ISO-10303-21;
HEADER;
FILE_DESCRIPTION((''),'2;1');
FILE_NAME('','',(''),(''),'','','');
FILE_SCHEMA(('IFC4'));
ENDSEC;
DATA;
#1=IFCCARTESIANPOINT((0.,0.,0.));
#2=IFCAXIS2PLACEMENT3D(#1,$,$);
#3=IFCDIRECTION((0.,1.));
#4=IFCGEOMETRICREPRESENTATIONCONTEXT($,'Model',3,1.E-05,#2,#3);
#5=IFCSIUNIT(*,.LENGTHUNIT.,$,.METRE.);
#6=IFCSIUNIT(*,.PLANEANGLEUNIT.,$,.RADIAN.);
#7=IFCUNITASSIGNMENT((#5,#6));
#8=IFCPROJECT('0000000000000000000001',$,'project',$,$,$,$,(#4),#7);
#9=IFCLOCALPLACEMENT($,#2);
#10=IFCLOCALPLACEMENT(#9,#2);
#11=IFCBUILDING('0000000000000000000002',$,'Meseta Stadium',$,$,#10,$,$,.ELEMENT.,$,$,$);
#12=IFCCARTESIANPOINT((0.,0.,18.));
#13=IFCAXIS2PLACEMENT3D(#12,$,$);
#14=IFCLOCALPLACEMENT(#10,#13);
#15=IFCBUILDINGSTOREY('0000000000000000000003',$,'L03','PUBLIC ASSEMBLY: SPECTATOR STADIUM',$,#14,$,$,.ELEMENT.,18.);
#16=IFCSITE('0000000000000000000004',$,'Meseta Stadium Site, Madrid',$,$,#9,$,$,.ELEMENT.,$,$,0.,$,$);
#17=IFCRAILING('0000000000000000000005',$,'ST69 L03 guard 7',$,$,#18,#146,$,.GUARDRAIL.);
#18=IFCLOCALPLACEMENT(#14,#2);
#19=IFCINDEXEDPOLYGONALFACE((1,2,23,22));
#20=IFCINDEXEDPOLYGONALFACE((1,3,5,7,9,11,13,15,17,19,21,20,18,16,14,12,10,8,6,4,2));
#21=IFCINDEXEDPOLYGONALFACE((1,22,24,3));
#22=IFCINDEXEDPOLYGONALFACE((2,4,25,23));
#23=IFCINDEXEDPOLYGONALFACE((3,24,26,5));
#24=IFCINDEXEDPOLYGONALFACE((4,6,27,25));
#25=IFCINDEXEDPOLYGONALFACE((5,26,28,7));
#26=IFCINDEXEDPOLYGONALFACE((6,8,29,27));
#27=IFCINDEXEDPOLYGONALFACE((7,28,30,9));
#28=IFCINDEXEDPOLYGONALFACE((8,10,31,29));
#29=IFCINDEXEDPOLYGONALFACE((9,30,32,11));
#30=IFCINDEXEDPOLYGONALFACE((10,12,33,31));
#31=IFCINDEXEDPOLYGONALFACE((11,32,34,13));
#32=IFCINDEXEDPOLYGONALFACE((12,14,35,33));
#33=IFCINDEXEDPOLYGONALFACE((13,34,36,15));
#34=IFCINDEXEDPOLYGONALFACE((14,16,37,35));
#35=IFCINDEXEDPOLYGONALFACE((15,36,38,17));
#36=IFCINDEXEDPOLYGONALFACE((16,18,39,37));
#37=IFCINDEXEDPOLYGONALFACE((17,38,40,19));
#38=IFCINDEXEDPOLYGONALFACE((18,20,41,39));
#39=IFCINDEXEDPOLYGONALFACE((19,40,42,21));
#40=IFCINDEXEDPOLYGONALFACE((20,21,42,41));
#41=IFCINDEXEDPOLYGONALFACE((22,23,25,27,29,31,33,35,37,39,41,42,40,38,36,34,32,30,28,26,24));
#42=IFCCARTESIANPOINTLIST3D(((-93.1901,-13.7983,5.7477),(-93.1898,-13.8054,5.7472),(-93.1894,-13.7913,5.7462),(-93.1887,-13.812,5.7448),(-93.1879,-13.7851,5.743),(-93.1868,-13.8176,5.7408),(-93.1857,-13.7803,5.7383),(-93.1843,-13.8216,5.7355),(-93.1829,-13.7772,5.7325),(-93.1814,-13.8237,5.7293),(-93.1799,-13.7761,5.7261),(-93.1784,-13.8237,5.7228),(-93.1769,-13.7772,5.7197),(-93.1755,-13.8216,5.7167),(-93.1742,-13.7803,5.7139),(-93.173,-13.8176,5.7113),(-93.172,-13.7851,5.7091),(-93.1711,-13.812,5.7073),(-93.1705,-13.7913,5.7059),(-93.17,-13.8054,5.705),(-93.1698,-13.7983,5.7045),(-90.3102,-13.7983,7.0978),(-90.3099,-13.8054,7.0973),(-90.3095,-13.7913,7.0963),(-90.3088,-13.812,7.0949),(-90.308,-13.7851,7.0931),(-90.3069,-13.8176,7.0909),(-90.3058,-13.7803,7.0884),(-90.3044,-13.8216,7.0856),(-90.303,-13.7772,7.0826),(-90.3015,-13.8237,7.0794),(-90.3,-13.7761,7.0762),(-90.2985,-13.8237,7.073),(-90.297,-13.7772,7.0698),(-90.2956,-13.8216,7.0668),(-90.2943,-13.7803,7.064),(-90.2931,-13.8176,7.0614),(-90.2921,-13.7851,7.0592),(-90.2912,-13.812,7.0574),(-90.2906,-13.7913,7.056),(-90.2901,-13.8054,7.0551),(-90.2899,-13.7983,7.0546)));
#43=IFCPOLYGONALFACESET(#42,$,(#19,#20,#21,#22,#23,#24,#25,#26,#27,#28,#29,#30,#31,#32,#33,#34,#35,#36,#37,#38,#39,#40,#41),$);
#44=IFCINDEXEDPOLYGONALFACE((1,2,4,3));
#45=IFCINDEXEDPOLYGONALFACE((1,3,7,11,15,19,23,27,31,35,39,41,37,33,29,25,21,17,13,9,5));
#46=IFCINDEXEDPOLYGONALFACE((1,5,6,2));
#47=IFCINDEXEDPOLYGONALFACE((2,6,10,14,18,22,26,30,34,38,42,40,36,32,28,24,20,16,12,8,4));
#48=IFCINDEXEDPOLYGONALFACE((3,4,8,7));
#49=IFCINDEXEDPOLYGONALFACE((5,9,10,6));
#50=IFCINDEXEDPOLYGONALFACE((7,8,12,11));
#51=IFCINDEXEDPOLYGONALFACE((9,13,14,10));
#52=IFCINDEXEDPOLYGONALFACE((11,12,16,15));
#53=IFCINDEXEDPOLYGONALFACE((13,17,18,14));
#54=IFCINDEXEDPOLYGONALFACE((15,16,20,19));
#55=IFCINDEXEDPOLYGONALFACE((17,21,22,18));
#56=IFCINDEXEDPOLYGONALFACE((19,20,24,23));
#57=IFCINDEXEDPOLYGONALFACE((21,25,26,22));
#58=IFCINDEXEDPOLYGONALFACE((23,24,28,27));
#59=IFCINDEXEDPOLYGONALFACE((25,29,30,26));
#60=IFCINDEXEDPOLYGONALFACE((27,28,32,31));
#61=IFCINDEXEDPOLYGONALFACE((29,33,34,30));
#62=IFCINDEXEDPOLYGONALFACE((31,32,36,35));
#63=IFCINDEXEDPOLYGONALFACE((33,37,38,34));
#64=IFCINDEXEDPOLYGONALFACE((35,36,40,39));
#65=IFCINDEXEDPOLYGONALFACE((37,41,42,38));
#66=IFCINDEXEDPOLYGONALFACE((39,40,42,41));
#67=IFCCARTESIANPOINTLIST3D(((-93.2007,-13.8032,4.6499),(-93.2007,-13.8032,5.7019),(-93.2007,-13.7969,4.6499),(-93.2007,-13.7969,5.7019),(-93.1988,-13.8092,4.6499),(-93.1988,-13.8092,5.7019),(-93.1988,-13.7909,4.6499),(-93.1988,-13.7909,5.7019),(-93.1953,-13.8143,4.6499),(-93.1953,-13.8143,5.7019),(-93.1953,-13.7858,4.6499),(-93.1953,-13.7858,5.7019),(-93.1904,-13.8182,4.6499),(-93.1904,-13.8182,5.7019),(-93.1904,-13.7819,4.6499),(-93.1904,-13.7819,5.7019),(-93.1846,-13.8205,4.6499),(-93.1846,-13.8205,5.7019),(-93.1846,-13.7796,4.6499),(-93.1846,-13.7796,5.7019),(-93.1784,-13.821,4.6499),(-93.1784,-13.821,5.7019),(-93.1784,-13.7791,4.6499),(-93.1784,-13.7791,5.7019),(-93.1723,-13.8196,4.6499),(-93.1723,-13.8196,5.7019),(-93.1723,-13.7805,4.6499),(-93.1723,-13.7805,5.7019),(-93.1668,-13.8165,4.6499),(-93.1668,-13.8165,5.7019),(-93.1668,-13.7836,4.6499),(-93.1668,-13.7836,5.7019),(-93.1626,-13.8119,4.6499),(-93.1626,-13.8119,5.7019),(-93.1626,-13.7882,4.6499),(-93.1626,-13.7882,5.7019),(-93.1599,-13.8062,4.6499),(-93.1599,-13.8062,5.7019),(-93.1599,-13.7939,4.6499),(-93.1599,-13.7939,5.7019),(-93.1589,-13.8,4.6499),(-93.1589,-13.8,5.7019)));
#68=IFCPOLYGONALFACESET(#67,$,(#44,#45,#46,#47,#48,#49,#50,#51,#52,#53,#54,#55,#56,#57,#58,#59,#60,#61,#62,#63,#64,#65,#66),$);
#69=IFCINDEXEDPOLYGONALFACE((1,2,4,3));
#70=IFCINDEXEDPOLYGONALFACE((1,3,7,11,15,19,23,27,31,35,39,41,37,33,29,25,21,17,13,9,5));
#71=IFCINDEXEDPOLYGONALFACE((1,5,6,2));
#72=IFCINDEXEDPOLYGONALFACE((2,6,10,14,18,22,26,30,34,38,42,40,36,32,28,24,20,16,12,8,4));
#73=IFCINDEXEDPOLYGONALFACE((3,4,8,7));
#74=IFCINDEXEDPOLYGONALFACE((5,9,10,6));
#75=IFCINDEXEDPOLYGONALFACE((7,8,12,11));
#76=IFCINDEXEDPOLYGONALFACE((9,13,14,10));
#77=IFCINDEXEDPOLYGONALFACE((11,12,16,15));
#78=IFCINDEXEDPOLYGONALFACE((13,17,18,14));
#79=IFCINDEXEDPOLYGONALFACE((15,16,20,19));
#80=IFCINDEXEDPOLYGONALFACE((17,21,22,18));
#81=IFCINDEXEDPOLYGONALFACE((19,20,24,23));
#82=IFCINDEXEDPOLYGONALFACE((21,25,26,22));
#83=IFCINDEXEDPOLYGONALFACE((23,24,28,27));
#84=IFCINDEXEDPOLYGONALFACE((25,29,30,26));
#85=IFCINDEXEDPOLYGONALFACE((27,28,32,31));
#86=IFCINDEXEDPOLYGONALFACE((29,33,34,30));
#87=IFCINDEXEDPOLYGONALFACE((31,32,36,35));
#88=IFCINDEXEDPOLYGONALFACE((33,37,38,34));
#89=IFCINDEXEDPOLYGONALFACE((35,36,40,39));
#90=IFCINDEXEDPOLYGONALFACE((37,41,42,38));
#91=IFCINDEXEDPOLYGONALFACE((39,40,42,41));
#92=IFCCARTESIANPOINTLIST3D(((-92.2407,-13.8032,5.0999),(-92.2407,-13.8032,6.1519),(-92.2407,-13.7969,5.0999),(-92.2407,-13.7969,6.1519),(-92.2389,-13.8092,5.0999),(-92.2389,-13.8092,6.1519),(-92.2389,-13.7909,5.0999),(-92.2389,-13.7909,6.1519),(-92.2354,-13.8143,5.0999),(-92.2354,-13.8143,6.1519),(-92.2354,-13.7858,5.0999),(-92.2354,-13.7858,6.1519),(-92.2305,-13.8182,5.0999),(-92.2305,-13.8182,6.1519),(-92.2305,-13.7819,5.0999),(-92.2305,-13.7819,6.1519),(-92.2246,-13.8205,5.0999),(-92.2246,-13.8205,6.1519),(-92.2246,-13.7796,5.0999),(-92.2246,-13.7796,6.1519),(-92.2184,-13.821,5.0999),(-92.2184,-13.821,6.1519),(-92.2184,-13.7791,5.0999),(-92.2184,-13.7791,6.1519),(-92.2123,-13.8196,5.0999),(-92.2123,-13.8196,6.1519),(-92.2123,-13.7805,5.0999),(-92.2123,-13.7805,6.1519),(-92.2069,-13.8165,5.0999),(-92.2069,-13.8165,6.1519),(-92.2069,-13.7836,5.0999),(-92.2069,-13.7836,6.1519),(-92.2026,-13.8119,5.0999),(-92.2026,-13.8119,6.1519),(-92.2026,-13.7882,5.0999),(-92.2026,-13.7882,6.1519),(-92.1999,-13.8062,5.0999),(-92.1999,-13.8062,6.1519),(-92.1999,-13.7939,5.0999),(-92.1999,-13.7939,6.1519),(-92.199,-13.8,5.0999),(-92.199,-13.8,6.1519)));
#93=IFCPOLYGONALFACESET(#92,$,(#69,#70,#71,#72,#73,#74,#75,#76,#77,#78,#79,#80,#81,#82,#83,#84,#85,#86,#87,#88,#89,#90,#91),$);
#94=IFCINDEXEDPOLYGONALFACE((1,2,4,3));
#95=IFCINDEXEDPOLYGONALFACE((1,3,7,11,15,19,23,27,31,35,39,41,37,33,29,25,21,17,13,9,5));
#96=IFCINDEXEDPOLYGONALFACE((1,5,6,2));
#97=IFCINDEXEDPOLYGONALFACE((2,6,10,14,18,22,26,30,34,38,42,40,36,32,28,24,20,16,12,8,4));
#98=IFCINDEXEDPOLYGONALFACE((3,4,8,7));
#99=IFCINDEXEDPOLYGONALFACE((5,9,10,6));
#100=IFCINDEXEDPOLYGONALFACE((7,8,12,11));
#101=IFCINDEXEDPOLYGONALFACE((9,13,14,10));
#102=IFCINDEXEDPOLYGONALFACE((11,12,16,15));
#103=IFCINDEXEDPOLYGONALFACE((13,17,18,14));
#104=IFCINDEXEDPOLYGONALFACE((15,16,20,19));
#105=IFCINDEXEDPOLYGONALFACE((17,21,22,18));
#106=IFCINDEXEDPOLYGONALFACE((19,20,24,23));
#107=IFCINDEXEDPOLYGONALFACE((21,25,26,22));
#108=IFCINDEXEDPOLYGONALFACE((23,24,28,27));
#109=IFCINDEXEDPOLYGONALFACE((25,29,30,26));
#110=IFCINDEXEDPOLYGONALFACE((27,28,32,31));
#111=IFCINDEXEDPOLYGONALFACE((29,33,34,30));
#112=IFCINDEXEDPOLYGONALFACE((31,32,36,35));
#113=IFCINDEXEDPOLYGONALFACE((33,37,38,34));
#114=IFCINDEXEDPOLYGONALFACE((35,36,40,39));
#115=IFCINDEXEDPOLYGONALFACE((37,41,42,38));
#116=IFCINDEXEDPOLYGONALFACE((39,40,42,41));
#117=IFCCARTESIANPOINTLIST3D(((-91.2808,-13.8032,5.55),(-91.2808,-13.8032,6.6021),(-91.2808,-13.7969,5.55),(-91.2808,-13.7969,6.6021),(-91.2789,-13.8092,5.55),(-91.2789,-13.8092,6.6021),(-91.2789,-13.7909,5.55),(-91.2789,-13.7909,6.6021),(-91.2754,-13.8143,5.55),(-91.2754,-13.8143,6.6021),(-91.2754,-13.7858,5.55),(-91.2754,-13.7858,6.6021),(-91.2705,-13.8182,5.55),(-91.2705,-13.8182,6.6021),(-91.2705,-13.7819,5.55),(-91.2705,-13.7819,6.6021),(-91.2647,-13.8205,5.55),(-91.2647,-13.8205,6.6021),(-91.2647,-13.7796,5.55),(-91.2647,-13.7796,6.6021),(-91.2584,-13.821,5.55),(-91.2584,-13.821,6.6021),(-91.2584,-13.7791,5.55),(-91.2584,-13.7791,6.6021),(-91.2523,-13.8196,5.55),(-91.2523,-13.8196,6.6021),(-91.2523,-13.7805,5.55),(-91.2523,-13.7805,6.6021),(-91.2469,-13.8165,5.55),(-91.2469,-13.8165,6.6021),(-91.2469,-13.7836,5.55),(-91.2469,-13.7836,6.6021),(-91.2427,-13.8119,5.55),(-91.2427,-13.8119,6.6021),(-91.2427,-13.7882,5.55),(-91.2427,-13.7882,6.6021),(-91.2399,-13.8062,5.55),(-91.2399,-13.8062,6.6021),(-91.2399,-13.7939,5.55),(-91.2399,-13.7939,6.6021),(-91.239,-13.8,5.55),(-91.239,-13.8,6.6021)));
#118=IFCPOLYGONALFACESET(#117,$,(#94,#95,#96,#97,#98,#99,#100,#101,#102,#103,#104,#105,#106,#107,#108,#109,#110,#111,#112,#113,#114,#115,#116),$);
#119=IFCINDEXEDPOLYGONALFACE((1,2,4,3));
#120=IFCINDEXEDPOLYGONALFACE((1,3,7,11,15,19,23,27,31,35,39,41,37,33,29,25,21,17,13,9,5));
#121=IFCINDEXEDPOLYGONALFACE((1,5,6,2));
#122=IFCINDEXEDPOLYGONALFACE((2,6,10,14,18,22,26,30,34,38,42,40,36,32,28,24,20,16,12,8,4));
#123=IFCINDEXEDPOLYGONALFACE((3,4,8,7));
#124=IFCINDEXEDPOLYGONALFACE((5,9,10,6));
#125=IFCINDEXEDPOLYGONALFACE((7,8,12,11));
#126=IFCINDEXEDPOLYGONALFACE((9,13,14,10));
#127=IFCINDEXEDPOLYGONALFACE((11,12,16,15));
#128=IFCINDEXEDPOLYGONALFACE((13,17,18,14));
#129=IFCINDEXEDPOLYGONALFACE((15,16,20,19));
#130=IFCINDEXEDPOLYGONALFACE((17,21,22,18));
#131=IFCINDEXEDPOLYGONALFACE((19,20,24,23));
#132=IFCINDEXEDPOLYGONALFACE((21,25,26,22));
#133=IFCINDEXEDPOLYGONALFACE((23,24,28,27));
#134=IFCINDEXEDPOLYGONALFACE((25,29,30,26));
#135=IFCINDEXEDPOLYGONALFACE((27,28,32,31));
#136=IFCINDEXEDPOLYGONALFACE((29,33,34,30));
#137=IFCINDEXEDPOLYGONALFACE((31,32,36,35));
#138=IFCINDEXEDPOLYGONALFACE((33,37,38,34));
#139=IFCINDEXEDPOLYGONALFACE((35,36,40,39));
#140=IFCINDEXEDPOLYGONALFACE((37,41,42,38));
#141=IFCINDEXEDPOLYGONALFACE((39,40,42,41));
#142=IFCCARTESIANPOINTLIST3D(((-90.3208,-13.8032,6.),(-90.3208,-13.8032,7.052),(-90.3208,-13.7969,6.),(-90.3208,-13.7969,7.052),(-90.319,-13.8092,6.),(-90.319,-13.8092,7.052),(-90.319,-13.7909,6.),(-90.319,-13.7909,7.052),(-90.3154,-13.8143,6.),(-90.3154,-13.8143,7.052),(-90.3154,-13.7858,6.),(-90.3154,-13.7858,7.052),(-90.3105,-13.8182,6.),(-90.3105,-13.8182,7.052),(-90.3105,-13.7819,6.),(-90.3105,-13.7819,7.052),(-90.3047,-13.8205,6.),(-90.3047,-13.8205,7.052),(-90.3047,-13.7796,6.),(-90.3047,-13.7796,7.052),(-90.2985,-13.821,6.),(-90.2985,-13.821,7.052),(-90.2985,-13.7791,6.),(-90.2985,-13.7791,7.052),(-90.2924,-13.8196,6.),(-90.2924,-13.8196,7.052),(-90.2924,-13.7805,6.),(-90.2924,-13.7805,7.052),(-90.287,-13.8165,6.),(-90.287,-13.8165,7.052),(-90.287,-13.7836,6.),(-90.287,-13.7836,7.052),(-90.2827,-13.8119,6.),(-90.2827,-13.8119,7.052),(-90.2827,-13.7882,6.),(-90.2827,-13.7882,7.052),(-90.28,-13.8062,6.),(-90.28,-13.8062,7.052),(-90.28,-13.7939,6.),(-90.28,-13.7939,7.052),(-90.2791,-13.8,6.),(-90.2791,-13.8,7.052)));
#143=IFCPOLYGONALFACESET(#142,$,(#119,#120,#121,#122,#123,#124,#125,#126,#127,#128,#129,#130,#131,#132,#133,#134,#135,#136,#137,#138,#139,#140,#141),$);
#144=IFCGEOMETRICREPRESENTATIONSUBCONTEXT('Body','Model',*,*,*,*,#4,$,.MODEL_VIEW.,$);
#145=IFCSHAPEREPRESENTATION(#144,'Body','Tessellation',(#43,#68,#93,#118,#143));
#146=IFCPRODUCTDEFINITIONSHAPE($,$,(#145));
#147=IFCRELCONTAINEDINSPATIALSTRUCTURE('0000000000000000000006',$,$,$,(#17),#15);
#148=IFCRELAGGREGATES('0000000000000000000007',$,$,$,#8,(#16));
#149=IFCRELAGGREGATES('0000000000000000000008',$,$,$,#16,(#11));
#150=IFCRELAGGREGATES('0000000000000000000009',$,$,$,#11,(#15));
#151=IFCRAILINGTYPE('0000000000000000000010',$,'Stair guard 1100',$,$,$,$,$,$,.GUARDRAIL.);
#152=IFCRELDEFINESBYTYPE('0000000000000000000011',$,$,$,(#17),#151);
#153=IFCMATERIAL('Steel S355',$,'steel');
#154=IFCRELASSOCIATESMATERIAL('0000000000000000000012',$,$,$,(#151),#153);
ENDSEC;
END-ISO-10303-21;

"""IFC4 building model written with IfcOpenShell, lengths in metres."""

from ifc_helpers import new_model, si_unit, direction, frame, origin, origin_2d, place, context, subcontext, project, spatial, circle, extrude, material, type_object, element, save


model = new_model("IFC4")

# Units and contexts
model_context = context("Model", 3, precision=1e-05, world=origin(), true_north=direction((0.0, 1.0)))
body_context = subcontext(model_context, "Body", "Model", "MODEL_VIEW")
ifc_project = project(units=[si_unit("LENGTHUNIT", "METRE"), si_unit("PLANEANGLEUNIT", "RADIAN")], contexts=[model_context])

# Site, building, storey
site_placement = place(None, origin())
site = spatial("IfcSite", under=ifc_project, at=site_placement, Name="Meseta Stadium Site, Madrid", CompositionType="ELEMENT", RefElevation=0.0)
building_placement = place(site_placement, origin())
building = spatial("IfcBuilding", under=site, at=building_placement, Name="Meseta Stadium", CompositionType="ELEMENT")
storey_placement = place(building_placement, frame((0.0, 0.0, 18.0)))
storey = spatial("IfcBuildingStorey", under=building, at=storey_placement, Name="L03", Description="PUBLIC ASSEMBLY: SPECTATOR STADIUM", CompositionType="ELEMENT", Elevation=18.0)

# Railing
ifc_material_1 = material(Name="Steel S355", Category="steel")
railing_type_1 = type_object("IfcRailingType", Name="Stair guard 1100", PredefinedType="GUARDRAIL", material=ifc_material_1)
railing_1_placement = place(storey_placement, frame((-93.1799, -13.8, 4.6499)))
element("IfcRailing", 1, at=railing_1_placement, inside=storey, type_object=railing_type_1, Name="ST69 L03 guard 7", PredefinedType="GUARDRAIL", context=body_context, shape_type="SweptSolid", body=[
    extrude(circle(Radius=0.0239, at=origin_2d()), frame((0.0, 0.0, 1.0762), z_axis=(0.90544, 0.0, 0.424473), x_axis=(0.0, 1.0, 0.0)), (0.0, 0.0, 1.0), 3.1807),
    extrude(circle(Radius=0.021, at=origin_2d()), origin(), (0.0, 0.0, 1.0), 1.052),
    extrude(circle(Radius=0.021, at=origin_2d()), frame((0.96, 0.0, 0.45)), (0.0, 0.0, 1.0), 1.052),
    extrude(circle(Radius=0.021, at=origin_2d()), frame((1.9199, 0.0, 0.9001)), (0.0, 0.0, 1.0), 1.052),
    extrude(circle(Radius=0.021, at=origin_2d()), frame((2.8799, 0.0, 1.3501)), (0.0, 0.0, 1.0), 1.052),
])

save(model, "model.ifc")
